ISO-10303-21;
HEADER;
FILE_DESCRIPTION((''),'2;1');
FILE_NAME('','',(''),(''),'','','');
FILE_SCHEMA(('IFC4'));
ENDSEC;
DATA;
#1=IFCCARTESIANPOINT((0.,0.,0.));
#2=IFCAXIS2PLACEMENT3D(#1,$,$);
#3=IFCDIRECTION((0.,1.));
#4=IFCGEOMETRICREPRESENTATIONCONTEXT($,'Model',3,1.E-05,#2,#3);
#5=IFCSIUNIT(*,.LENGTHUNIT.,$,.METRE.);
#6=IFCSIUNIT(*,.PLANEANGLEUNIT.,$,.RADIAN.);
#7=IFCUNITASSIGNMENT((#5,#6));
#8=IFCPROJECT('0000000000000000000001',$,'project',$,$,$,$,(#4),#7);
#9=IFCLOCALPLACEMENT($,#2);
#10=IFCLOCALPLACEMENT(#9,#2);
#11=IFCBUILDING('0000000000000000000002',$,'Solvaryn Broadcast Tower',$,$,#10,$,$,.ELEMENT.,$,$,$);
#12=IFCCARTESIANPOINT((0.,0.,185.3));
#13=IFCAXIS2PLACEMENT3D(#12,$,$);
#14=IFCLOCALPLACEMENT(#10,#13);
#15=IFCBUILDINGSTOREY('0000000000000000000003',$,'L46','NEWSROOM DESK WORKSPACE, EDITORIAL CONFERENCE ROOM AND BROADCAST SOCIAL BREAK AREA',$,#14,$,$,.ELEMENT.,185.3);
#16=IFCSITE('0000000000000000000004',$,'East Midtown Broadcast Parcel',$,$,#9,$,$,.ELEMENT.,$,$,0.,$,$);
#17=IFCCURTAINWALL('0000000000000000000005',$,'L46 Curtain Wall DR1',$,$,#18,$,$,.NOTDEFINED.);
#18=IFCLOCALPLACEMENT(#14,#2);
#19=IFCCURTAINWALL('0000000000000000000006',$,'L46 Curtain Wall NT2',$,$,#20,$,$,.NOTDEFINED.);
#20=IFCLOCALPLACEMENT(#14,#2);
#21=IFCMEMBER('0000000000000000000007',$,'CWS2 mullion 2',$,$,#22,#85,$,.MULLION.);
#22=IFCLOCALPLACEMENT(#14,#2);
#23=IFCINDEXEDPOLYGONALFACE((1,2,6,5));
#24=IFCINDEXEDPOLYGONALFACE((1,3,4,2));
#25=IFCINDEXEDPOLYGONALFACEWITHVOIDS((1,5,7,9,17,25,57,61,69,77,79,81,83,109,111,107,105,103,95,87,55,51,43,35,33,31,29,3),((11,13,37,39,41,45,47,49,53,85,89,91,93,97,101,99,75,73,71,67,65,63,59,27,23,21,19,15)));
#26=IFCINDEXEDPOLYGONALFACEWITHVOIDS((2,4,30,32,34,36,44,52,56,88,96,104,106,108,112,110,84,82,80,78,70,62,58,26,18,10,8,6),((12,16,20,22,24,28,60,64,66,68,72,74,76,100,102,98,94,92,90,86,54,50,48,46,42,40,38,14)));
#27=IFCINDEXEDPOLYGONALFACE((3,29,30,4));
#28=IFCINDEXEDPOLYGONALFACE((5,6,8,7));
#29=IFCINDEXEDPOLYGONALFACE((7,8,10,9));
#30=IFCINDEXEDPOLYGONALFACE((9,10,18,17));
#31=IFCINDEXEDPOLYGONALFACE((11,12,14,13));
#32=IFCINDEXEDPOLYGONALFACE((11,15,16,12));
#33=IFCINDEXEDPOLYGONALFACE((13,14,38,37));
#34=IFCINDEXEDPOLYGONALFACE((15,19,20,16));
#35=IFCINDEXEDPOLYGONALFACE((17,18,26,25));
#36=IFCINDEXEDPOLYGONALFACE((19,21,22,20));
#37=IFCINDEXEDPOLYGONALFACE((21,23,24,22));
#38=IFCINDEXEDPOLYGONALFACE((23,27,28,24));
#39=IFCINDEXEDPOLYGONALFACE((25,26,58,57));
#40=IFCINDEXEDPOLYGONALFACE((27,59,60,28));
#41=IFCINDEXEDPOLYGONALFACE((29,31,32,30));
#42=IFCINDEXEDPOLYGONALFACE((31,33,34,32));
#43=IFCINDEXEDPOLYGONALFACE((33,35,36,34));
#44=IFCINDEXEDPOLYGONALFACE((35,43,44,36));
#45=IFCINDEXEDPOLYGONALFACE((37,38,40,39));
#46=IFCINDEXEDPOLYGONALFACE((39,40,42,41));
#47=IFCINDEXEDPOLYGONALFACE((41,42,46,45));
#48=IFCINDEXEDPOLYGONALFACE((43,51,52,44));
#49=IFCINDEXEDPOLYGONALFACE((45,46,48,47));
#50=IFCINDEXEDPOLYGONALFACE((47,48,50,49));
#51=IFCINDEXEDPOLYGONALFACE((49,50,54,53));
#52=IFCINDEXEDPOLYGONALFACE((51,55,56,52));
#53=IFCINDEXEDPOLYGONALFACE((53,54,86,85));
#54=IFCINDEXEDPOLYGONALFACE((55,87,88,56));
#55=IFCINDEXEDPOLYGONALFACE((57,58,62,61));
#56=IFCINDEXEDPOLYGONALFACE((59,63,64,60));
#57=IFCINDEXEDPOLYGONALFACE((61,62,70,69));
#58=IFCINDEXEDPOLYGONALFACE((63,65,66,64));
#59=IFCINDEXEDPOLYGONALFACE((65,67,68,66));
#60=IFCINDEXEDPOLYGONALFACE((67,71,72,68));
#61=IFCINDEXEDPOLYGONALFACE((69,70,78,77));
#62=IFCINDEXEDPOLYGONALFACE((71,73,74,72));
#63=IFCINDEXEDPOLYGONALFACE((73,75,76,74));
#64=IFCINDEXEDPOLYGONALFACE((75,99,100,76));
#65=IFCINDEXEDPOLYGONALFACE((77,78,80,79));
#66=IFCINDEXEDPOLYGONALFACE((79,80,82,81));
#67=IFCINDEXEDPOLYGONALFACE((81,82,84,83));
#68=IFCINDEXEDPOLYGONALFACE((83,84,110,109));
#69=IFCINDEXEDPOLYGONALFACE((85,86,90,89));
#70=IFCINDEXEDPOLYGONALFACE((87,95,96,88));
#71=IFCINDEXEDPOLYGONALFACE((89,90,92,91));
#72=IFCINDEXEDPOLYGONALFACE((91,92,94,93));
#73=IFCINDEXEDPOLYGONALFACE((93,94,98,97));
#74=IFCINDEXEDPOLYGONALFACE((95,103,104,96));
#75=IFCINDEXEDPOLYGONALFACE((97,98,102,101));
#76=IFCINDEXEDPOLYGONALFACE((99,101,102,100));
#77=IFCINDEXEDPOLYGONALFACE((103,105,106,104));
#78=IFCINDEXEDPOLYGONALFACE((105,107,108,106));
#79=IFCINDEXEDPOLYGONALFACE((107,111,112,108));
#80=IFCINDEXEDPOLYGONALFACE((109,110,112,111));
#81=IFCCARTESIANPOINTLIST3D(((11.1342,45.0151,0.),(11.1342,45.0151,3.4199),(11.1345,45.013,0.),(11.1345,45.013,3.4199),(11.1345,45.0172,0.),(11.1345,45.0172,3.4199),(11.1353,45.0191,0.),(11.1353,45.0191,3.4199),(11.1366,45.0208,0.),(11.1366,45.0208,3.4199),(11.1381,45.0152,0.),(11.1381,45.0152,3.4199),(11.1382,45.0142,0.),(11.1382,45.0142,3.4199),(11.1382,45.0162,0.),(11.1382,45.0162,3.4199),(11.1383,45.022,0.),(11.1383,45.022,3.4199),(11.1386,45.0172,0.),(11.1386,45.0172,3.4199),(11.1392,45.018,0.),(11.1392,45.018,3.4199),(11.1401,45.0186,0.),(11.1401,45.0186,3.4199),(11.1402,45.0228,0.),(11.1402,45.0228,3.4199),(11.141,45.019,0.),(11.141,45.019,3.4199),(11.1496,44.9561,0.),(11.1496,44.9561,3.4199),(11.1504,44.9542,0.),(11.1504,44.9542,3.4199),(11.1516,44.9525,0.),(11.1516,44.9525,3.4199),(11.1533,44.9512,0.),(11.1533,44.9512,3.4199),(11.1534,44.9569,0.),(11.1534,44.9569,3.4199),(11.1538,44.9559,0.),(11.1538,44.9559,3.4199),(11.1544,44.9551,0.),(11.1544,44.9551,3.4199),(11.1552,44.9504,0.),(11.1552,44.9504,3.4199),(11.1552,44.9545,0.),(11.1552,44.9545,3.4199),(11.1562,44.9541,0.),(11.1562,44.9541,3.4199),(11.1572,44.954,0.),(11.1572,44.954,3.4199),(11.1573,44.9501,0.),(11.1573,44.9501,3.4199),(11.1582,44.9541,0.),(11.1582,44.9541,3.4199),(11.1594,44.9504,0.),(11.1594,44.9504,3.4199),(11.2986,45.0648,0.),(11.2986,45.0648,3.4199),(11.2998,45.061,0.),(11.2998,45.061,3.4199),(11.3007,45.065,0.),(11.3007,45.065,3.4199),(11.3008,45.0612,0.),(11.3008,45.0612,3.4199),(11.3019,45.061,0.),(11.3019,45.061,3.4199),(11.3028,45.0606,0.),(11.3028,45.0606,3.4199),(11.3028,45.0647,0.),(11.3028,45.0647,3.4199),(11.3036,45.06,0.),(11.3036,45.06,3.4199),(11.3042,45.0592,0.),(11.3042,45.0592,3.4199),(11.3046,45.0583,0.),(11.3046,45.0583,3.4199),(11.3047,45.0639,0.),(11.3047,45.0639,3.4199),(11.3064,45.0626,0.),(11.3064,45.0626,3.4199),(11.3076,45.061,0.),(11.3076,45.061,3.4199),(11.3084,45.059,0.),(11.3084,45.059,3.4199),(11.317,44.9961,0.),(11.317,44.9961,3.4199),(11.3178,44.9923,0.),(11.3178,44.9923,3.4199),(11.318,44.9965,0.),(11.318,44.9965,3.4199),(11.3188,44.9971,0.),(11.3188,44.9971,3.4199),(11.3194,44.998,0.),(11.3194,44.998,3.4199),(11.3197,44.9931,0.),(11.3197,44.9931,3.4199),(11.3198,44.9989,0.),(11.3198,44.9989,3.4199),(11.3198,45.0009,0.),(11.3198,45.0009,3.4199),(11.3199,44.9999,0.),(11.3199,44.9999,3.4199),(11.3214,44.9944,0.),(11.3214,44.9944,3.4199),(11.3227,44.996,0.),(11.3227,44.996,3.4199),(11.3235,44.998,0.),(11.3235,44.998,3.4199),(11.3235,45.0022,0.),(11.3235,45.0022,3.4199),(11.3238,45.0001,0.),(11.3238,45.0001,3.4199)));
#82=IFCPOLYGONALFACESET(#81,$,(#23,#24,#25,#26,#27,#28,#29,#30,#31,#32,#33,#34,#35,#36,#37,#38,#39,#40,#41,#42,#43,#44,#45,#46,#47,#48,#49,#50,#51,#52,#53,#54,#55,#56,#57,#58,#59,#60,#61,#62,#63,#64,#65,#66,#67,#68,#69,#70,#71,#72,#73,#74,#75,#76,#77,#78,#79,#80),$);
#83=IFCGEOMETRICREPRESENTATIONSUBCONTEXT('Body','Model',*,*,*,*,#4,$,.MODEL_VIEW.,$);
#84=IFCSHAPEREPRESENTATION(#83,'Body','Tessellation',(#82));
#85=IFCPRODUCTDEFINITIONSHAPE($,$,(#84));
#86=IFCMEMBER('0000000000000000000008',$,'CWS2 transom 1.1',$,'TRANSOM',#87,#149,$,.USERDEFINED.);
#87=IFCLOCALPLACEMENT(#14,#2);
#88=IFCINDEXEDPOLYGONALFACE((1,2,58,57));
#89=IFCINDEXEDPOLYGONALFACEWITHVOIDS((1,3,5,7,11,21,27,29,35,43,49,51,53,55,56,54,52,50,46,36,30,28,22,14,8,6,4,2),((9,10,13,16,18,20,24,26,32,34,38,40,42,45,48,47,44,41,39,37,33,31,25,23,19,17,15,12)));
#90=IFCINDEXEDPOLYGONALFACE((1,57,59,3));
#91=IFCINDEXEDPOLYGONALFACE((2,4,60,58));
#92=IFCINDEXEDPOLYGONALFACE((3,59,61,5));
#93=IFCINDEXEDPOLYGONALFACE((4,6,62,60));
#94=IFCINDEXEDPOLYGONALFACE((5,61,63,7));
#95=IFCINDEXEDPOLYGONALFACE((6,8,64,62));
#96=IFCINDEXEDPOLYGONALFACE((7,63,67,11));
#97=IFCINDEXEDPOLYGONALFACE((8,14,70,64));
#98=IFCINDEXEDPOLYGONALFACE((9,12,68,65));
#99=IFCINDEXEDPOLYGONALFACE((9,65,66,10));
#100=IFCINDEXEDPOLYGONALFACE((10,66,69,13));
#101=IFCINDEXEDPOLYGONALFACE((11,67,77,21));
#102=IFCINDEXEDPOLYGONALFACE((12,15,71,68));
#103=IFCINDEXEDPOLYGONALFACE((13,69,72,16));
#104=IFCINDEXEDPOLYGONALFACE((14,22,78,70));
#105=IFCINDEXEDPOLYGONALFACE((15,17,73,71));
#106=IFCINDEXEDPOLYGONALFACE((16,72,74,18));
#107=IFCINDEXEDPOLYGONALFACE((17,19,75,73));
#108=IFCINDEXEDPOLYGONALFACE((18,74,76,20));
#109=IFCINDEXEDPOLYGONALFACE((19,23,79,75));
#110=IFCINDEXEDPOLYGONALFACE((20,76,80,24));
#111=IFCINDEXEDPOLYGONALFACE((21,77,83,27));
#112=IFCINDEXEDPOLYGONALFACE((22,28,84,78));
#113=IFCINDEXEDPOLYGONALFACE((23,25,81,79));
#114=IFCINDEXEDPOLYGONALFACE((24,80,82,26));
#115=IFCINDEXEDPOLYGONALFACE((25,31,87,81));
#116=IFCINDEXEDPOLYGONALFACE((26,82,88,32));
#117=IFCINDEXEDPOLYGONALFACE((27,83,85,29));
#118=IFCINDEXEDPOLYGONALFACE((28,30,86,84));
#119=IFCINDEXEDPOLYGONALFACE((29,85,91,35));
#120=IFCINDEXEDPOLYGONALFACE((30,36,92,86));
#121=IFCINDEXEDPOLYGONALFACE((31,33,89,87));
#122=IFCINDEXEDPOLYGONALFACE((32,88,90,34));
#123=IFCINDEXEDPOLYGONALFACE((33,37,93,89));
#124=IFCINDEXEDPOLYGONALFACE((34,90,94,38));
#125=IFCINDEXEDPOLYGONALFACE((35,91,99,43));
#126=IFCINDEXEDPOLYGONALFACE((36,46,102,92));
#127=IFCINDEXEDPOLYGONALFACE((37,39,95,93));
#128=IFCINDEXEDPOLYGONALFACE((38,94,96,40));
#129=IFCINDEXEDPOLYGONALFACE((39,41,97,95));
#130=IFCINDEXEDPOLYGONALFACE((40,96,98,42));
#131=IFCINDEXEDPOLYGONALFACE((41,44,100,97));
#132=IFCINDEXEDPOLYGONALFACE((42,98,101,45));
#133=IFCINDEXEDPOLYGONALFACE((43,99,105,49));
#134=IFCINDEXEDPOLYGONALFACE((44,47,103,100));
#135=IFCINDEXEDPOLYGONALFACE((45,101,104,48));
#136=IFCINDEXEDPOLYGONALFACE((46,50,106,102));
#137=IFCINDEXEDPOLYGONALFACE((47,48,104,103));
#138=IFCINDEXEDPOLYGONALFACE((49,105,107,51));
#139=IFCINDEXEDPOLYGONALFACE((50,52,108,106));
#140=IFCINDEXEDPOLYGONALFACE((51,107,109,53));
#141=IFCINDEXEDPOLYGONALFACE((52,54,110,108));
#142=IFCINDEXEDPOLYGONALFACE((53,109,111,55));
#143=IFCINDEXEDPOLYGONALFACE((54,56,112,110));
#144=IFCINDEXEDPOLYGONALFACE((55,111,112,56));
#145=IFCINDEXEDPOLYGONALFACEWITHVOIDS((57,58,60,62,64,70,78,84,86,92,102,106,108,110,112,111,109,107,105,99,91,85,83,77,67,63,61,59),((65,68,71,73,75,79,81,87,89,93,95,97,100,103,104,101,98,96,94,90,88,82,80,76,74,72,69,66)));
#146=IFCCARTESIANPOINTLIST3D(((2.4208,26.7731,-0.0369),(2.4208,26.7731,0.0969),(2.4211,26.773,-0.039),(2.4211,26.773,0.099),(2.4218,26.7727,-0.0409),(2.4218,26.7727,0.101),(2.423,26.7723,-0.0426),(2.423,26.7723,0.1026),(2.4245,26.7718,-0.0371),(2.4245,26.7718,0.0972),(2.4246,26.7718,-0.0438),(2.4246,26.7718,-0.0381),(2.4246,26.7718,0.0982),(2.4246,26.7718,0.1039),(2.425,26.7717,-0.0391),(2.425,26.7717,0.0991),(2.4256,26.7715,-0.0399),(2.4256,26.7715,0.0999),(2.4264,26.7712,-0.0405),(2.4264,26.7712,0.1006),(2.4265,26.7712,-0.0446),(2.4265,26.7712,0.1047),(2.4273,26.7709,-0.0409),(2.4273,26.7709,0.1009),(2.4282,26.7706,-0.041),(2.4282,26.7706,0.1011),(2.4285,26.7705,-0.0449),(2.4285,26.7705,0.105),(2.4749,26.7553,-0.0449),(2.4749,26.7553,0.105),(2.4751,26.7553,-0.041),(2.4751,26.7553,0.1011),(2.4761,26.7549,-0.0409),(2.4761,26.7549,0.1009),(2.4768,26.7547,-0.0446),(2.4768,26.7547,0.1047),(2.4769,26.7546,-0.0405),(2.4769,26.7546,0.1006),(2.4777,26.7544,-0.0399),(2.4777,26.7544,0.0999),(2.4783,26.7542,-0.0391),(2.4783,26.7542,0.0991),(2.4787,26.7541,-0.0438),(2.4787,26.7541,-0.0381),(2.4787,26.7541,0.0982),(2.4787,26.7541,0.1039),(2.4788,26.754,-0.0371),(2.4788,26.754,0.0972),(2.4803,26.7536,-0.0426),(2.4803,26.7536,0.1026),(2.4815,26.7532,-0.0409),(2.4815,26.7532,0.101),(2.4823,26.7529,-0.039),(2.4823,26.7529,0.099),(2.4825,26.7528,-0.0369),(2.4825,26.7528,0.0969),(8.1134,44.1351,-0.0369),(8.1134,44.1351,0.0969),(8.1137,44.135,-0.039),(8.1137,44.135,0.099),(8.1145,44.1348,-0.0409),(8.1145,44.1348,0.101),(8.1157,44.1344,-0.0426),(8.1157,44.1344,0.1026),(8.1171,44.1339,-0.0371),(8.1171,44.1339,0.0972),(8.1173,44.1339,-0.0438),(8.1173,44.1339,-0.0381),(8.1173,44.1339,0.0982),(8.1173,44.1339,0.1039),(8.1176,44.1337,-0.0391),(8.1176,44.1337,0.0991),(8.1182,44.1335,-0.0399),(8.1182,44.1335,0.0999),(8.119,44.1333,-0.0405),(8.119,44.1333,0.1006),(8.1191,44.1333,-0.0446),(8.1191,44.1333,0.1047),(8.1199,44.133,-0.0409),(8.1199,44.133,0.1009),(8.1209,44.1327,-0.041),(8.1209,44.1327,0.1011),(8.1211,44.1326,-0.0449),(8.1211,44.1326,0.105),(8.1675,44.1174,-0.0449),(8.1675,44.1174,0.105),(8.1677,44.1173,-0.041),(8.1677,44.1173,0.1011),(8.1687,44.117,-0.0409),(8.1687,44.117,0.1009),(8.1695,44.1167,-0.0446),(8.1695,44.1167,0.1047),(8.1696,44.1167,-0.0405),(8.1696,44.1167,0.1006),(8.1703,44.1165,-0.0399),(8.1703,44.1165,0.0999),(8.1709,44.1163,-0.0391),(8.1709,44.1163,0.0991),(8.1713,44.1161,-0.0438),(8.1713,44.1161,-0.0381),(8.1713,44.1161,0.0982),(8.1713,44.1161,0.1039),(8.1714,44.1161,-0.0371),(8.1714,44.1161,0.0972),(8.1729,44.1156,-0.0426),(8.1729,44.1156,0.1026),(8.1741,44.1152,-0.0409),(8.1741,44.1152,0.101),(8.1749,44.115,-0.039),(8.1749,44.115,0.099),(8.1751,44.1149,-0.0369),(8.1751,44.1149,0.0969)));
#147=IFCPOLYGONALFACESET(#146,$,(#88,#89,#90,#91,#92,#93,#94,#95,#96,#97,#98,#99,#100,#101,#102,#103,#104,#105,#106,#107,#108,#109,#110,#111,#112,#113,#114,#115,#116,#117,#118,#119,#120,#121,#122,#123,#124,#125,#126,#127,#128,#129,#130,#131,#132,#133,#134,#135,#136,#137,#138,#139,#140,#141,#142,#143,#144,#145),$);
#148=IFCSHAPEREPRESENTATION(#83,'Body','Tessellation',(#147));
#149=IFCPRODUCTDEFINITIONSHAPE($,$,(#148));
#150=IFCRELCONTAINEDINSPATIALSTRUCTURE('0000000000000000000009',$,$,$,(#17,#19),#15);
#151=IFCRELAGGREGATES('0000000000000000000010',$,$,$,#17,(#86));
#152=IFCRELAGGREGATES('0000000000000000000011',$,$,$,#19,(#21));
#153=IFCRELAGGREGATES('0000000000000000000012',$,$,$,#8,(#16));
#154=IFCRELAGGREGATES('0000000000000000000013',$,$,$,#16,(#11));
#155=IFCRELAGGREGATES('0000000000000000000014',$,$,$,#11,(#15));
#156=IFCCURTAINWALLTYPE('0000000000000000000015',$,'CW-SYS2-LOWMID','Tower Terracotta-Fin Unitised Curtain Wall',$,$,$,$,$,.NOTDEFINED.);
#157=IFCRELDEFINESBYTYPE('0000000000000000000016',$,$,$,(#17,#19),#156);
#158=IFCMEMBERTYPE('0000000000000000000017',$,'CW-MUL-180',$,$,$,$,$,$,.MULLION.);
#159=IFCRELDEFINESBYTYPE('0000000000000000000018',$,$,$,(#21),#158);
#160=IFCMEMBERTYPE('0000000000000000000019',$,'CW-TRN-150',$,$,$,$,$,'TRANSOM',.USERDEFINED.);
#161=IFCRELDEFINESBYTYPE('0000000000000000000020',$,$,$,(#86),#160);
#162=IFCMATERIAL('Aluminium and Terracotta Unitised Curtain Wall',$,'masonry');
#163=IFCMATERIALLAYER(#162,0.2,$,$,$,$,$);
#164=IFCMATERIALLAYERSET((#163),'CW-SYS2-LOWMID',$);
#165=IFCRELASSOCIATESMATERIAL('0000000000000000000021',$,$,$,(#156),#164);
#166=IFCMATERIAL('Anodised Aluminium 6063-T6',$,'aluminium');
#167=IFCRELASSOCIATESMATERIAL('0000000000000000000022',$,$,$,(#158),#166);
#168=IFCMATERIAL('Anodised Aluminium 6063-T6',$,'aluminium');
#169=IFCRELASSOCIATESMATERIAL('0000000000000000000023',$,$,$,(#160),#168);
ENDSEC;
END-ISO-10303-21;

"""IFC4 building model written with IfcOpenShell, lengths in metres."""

from ifc_helpers import new_model, si_unit, direction, frame, origin, origin_2d, place, context, subcontext, project, spatial, hollow_rectangle, extrude, material, layer, layer_set, material_profile, profile_set, type_object, element, aggregate, save


model = new_model("IFC4")

# Units and contexts
model_context = context("Model", 3, precision=1e-05, world=origin(), true_north=direction((0.0, 1.0)))
body_context = subcontext(model_context, "Body", "Model", "MODEL_VIEW")
ifc_project = project(units=[si_unit("LENGTHUNIT", "METRE"), si_unit("PLANEANGLEUNIT", "RADIAN")], contexts=[model_context])

# Site, building, storey
site_placement = place(None, origin())
site = spatial("IfcSite", under=ifc_project, at=site_placement, Name="East Midtown Broadcast Parcel", CompositionType="ELEMENT", RefElevation=0.0)
building_placement = place(site_placement, origin())
building = spatial("IfcBuilding", under=site, at=building_placement, Name="Solvaryn Broadcast Tower", CompositionType="ELEMENT")
storey_placement = place(building_placement, frame((0.0, 0.0, 185.3)))
storey = spatial("IfcBuildingStorey", under=building, at=storey_placement, Name="L46", Description="NEWSROOM DESK WORKSPACE, EDITORIAL CONFERENCE ROOM AND BROADCAST SOCIAL BREAK AREA", CompositionType="ELEMENT", Elevation=185.3)

# Curtain walls, member
ifc_material_1 = material(Name="Aluminium and Terracotta Unitised Curtain Wall", Category="masonry")
ifc_layer_1 = layer(ifc_material_1, 0.2)
ifc_layer_set_1 = layer_set([ifc_layer_1], Name="CW-SYS2-LOWMID")
curtain_wall_type = type_object("IfcCurtainWallType", Name="CW-SYS2-LOWMID", Description="Tower Terracotta-Fin Unitised Curtain Wall", PredefinedType="NOTDEFINED", material=ifc_layer_set_1)
curtain_wall_1_placement = place(storey_placement, origin())
curtain_wall_1 = element("IfcCurtainWall", 1, at=curtain_wall_1_placement, inside=storey, type_object=curtain_wall_type, Name="L46 Curtain Wall DR1", PredefinedType="NOTDEFINED")
ifc_material_2 = material(Name="Anodised Aluminium 6063-T6", Category="aluminium")
ifc_material_profile_1 = material_profile(ifc_material_2, hollow_rectangle(XDim=0.075, YDim=0.1799, WallThickness=0.0039, InnerFilletRadius=0.0039, OuterFilletRadius=0.0081, at=origin_2d()))
ifc_profile_set_1 = profile_set([ifc_material_profile_1], Name="Anodised Aluminium 6063-T6")
member_type_1 = type_object("IfcMemberType", Name="CW-MUL-180", PredefinedType="MULLION", material=ifc_profile_set_1)
curtain_wall_2_placement = place(storey_placement, origin())
curtain_wall_2 = element("IfcCurtainWall", 2, at=curtain_wall_2_placement, inside=storey, type_object=curtain_wall_type, Name="L46 Curtain Wall NT2", PredefinedType="NOTDEFINED")
member_1_placement = place(storey_placement, frame((11.229, 45.0076, 0.0), z_axis=(0.0, 0.0, 1.0), x_axis=(0.255893, -0.966705, 0.0)))
member_1 = element("IfcMember", 3, at=member_1_placement, type_object=member_type_1, Name="CWS2 mullion 2", PredefinedType="MULLION", context=body_context, shape_type="SweptSolid", body=[
    extrude(hollow_rectangle(XDim=0.075, YDim=0.1799, WallThickness=0.0039, InnerFilletRadius=0.0039, OuterFilletRadius=0.0081, at=origin_2d()), origin(), (0.0, 0.0, 1.0), 3.4199),
])

# Member
ifc_material_3 = material(Name="Anodised Aluminium 6063-T6", Category="aluminium")
ifc_material_profile_2 = material_profile(ifc_material_3, hollow_rectangle(XDim=0.0649, YDim=0.1499, WallThickness=0.0039, InnerFilletRadius=0.0039, OuterFilletRadius=0.0081, at=origin_2d()))
ifc_profile_set_2 = profile_set([ifc_material_profile_2], Name="Anodised Aluminium 6063-T6")
member_type_2 = type_object("IfcMemberType", Name="CW-TRN-150", ElementType="TRANSOM", PredefinedType="USERDEFINED", material=ifc_profile_set_2)
member_2_placement = place(storey_placement, frame((8.1443, 44.125, 0.03), z_axis=(-0.311558, -0.950227, 0.0), x_axis=(0.950227, -0.311558, 0.0)))
member_2 = element("IfcMember", 4, at=member_2_placement, type_object=member_type_2, Name="CWS2 transom 1.1", ObjectType="TRANSOM", PredefinedType="USERDEFINED", context=body_context, shape_type="SweptSolid", body=[
    extrude(hollow_rectangle(XDim=0.0649, YDim=0.1499, WallThickness=0.0039, InnerFilletRadius=0.0039, OuterFilletRadius=0.0081, at=origin_2d()), origin(), (0.0, 0.0, 1.0), 18.2715),
])
aggregate(curtain_wall_1, [member_2])

aggregate(curtain_wall_2, [member_1])

save(model, "model.ifc")
